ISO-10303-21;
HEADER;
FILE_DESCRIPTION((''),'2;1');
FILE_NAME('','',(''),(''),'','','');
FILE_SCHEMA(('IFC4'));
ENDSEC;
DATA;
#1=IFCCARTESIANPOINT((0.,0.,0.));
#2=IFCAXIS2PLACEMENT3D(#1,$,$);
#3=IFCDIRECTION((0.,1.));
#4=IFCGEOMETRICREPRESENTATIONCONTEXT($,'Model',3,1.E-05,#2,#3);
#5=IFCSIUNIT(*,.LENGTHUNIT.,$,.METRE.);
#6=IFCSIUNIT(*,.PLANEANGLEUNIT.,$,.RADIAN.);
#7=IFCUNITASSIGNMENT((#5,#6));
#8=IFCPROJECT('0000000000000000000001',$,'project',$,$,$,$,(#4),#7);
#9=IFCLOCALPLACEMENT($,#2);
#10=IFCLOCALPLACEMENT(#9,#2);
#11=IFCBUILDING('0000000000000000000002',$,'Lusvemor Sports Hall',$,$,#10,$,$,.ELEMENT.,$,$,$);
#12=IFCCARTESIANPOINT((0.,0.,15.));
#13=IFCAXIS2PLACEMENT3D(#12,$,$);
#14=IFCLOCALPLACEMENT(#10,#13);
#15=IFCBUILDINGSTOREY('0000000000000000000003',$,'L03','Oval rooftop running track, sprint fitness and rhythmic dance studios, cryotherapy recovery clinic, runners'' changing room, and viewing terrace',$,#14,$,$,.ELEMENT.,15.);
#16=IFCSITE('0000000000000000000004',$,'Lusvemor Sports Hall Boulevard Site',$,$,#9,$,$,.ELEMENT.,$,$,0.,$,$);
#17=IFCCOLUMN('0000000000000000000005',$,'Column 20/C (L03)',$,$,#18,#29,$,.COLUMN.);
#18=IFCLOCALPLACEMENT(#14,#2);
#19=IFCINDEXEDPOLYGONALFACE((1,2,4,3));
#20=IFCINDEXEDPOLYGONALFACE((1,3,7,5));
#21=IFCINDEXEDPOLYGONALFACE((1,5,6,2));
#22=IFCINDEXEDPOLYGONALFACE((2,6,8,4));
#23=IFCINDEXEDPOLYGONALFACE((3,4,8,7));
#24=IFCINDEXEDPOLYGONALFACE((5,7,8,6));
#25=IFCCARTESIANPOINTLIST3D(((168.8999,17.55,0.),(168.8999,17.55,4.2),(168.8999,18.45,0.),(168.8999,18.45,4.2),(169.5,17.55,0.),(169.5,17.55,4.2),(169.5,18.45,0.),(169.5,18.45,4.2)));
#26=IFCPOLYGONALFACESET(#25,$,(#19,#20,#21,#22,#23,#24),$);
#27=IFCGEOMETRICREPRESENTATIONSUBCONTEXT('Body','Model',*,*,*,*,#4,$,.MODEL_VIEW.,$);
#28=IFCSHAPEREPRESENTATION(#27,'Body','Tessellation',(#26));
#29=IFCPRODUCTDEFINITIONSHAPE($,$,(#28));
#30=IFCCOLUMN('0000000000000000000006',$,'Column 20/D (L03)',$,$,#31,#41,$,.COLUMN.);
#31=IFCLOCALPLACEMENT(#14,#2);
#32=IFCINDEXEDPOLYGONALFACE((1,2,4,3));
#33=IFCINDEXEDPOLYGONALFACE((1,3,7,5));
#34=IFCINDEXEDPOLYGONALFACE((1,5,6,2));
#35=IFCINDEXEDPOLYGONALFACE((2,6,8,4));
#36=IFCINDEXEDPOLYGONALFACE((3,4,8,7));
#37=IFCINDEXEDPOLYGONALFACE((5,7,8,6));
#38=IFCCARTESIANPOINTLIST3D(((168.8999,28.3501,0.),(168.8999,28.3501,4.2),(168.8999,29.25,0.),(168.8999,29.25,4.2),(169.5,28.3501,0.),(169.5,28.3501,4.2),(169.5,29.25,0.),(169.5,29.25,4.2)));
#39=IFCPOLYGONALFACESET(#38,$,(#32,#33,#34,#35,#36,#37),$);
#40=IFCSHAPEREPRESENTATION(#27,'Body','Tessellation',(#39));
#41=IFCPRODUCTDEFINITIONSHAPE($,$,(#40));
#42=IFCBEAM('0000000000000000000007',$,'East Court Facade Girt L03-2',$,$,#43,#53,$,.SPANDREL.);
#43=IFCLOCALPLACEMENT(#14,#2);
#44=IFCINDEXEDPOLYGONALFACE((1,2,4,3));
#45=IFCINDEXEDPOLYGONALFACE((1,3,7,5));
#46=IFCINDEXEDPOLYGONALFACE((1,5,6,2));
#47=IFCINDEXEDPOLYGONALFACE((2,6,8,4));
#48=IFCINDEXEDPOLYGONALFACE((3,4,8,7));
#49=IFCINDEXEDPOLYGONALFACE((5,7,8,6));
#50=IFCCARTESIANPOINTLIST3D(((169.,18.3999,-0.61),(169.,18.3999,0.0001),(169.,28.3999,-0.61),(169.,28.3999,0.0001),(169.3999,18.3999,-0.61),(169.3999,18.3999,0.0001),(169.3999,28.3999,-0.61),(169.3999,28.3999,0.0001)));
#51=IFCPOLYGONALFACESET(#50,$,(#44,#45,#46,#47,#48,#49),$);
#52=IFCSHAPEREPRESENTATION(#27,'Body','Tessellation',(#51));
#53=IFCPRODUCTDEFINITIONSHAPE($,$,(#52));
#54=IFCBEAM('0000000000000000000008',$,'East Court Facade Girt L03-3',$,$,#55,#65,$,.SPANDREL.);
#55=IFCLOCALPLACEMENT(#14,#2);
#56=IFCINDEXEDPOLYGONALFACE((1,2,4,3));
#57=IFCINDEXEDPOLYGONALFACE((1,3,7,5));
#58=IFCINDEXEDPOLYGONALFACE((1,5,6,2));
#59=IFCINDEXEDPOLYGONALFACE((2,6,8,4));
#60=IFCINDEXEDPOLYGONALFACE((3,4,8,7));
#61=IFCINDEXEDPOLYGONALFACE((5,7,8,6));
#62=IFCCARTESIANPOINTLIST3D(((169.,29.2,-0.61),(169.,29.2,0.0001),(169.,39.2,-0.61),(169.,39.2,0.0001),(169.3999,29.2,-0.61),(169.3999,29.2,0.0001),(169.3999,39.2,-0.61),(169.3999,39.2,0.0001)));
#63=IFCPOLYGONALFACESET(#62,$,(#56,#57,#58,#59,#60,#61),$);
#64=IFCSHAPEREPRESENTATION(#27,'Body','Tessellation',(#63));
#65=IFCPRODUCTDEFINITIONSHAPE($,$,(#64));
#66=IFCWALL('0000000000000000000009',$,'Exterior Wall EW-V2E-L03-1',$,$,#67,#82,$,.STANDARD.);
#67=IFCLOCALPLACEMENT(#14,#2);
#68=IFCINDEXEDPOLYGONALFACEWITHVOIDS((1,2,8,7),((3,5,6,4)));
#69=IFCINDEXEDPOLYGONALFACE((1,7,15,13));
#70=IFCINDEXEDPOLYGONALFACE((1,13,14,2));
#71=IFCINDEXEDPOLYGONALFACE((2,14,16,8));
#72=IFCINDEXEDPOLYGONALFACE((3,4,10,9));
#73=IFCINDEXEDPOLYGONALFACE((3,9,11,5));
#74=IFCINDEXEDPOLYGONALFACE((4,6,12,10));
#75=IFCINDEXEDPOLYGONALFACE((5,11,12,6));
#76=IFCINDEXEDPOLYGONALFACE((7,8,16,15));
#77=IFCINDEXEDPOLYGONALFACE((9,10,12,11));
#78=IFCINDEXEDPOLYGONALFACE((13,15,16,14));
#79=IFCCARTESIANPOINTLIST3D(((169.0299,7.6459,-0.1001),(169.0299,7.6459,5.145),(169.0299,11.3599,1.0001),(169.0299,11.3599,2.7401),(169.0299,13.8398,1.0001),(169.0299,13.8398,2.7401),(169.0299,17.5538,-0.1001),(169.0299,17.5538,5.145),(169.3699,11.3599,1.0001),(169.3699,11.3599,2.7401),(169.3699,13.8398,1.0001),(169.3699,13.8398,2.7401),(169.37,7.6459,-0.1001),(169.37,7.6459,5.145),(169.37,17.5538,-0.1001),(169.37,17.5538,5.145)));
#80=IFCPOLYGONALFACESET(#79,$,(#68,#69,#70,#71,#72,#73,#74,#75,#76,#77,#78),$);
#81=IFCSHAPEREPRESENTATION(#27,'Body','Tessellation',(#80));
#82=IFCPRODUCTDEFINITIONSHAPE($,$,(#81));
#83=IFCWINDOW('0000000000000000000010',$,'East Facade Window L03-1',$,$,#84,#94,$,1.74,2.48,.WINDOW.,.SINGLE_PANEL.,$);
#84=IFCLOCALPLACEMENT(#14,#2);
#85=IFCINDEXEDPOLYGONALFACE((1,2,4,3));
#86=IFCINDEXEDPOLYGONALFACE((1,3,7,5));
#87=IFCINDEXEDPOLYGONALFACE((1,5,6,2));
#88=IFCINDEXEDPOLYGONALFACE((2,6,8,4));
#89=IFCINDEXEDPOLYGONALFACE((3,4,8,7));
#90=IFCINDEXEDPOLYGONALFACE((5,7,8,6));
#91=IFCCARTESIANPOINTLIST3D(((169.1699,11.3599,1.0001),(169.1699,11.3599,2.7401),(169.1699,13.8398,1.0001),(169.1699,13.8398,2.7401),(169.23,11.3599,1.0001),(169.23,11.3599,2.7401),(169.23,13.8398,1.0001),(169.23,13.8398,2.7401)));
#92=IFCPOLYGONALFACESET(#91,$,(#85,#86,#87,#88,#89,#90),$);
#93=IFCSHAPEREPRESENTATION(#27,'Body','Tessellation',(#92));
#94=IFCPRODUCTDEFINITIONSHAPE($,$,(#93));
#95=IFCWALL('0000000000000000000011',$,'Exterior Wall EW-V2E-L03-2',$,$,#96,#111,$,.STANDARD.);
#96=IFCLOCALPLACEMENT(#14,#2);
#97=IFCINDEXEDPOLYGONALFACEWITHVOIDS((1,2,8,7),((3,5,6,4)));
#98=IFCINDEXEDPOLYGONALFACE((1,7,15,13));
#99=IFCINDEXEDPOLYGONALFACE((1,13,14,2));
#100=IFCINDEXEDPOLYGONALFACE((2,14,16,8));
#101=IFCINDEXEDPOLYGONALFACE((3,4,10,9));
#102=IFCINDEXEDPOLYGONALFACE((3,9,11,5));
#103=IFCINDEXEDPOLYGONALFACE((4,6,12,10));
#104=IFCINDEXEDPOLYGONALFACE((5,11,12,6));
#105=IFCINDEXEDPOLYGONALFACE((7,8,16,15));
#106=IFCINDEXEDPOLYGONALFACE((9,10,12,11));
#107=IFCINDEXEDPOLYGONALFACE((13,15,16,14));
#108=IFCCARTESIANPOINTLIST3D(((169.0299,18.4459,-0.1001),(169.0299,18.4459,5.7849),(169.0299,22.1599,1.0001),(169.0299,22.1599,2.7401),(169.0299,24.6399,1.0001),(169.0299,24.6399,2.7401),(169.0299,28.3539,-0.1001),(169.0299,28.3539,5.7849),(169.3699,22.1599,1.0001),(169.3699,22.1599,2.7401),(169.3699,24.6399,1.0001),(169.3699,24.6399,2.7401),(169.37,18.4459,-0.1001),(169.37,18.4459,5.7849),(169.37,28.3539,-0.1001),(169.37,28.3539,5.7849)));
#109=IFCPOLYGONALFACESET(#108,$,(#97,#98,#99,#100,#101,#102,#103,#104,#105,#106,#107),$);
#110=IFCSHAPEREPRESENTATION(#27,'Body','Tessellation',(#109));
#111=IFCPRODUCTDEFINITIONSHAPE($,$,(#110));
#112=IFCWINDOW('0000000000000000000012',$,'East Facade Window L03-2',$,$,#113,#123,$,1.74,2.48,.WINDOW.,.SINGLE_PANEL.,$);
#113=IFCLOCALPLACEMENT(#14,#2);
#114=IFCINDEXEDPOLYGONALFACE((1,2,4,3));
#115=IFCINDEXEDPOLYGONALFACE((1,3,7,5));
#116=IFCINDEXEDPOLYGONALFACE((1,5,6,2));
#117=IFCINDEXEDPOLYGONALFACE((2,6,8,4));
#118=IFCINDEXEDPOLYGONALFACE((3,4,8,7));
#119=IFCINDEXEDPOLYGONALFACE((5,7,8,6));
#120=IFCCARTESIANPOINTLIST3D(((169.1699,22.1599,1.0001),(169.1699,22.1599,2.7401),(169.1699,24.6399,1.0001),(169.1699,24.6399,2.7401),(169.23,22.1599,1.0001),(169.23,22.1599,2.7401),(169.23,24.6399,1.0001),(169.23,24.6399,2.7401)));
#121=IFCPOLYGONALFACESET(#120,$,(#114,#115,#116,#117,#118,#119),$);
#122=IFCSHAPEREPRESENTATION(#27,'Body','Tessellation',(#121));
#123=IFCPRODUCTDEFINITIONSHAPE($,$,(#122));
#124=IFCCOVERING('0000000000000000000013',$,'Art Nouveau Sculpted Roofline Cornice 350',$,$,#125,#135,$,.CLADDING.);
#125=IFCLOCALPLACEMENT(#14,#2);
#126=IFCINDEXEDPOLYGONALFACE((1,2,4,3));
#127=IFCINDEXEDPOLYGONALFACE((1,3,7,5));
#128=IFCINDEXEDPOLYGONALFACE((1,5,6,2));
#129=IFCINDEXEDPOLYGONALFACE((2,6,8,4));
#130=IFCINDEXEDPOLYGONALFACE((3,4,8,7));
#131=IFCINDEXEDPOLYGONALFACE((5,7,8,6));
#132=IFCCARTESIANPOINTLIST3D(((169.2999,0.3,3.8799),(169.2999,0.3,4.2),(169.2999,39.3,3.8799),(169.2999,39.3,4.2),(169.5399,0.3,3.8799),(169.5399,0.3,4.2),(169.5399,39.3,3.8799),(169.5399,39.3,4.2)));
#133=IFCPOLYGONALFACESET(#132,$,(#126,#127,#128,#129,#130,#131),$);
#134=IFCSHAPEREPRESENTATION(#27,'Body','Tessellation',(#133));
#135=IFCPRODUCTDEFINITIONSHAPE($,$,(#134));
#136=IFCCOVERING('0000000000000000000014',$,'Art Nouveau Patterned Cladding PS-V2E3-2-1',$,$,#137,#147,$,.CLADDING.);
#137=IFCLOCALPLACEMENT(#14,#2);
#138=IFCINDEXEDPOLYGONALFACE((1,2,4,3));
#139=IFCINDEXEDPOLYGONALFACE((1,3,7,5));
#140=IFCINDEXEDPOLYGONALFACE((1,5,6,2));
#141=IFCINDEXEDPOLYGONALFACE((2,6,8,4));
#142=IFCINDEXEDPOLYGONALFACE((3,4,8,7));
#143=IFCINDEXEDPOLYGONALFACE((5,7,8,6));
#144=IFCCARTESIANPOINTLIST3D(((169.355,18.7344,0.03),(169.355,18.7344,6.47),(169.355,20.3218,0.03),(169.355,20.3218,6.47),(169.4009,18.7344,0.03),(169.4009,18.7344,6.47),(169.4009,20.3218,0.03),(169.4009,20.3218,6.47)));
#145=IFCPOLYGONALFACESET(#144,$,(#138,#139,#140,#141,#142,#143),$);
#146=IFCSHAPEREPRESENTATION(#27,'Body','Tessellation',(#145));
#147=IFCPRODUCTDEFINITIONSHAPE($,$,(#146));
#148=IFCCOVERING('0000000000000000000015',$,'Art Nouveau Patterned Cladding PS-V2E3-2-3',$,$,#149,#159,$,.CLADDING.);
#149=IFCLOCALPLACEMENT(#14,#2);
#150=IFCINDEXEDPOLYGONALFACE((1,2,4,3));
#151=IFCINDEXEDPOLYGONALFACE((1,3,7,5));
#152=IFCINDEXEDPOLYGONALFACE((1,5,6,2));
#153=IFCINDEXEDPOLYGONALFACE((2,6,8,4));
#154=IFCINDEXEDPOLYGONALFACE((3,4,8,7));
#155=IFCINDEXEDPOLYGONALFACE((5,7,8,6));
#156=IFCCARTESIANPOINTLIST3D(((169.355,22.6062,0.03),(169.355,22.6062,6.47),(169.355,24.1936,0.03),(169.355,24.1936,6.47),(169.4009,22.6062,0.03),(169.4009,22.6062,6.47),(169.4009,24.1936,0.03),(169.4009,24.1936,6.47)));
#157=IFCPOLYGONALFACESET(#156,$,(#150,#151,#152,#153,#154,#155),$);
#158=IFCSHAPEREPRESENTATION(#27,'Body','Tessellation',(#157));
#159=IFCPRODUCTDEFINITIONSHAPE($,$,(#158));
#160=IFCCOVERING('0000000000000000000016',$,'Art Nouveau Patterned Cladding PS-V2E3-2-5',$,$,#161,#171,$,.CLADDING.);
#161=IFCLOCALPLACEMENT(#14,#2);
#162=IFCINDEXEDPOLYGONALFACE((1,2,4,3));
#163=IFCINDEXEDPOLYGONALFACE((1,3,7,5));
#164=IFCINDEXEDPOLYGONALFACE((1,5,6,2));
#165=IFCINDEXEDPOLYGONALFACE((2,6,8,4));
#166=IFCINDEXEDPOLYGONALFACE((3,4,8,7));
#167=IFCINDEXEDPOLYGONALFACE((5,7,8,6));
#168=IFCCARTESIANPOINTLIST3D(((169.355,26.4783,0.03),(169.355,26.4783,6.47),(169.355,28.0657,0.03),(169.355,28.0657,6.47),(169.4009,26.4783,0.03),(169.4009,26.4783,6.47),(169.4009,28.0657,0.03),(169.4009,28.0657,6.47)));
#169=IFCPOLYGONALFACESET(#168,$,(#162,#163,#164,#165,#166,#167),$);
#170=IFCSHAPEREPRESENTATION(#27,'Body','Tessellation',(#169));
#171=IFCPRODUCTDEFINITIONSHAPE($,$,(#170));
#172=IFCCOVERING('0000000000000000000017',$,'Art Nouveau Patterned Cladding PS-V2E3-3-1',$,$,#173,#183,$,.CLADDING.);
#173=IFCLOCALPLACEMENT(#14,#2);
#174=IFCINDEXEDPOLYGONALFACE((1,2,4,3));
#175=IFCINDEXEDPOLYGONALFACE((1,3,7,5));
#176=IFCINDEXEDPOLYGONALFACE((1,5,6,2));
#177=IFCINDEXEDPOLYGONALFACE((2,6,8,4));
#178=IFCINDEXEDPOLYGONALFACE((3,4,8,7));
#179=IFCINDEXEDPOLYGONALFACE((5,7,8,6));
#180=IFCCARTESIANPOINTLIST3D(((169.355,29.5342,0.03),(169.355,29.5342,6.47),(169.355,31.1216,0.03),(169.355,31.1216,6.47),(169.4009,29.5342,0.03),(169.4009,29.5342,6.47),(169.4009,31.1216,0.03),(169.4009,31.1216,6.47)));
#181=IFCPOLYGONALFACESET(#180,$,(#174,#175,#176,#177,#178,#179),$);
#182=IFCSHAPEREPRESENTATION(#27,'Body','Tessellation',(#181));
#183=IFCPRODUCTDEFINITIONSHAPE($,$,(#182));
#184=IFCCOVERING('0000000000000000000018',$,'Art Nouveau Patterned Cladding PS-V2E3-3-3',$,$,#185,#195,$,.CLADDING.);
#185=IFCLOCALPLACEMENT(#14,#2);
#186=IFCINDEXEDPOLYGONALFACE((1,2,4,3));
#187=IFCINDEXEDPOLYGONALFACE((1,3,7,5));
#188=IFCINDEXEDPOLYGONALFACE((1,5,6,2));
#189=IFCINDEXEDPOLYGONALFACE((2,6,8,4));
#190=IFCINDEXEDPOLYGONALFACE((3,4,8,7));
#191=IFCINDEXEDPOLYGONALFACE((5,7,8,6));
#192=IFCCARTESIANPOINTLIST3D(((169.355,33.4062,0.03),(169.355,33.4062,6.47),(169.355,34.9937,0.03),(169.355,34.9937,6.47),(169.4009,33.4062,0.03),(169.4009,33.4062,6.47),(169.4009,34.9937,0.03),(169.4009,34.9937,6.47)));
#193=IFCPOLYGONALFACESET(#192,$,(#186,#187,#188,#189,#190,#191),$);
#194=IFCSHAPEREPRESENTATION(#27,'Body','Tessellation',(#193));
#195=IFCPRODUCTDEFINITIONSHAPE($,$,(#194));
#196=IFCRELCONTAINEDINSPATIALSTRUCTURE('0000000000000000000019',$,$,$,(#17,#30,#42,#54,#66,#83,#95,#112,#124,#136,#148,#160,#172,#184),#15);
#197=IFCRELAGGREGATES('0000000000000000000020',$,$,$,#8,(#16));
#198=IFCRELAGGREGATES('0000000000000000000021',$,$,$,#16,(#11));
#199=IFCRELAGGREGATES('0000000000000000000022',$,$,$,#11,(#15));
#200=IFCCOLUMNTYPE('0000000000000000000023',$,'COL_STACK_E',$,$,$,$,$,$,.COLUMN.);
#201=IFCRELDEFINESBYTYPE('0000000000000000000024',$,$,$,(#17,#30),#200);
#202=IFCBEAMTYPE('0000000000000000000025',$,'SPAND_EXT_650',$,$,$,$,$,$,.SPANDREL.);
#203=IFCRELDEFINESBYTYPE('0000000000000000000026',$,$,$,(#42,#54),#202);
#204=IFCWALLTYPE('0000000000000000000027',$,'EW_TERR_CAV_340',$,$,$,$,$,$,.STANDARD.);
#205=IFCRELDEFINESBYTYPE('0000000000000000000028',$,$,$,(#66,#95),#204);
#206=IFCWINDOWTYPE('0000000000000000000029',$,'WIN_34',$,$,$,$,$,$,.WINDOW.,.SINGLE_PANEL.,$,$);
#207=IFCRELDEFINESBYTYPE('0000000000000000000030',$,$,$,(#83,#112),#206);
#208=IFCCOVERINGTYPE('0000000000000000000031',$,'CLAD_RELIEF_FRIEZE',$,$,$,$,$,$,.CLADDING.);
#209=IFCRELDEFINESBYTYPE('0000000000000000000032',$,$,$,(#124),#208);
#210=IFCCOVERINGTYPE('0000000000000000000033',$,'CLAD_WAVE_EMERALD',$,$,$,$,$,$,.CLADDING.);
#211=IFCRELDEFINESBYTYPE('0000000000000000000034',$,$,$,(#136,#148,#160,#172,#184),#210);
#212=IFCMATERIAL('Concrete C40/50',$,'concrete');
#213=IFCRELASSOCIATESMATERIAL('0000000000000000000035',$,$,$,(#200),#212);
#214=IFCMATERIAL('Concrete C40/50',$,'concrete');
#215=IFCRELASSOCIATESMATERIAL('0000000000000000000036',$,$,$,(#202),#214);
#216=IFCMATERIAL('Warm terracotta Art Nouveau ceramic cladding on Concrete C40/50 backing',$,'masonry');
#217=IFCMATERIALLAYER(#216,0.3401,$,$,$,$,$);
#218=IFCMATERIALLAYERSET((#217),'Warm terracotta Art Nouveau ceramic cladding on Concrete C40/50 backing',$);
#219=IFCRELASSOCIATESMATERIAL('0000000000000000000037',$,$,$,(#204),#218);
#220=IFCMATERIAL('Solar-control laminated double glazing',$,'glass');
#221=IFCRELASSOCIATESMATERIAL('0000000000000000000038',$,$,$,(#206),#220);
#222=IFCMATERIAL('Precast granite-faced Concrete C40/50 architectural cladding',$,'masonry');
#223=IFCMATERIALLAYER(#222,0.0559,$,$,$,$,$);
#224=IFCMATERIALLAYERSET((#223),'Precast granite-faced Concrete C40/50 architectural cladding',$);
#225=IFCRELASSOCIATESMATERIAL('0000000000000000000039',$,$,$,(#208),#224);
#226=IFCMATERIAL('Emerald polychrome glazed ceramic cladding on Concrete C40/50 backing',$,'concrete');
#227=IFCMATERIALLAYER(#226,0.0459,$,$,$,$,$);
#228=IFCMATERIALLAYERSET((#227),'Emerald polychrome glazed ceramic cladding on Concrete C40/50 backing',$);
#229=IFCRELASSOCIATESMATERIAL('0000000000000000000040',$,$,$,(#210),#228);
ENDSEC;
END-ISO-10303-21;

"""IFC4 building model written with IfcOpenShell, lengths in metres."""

from ifc_helpers import new_model, si_unit, direction, frame, frame_2d, origin, origin_2d, place, context, subcontext, project, spatial, rectangle, extrude, material, layer, layer_set, material_profile, profile_set, type_object, element, fill, save


model = new_model("IFC4")

# Units and contexts
model_context = context("Model", 3, precision=1e-05, world=origin(), true_north=direction((0.0, 1.0)))
body_context = subcontext(model_context, "Body", "Model", "MODEL_VIEW")
ifc_project = project(units=[si_unit("LENGTHUNIT", "METRE"), si_unit("PLANEANGLEUNIT", "RADIAN")], contexts=[model_context])

# Site, building, storey
site_placement = place(None, origin())
site = spatial("IfcSite", under=ifc_project, at=site_placement, Name="Lusvemor Sports Hall Boulevard Site", CompositionType="ELEMENT", RefElevation=0.0)
building_placement = place(site_placement, origin())
building = spatial("IfcBuilding", under=site, at=building_placement, Name="Lusvemor Sports Hall", CompositionType="ELEMENT")
storey_placement = place(building_placement, frame((0.0, 0.0, 15.0)))
storey = spatial("IfcBuildingStorey", under=building, at=storey_placement, Name="L03", Description="Oval rooftop running track, sprint fitness and rhythmic dance studios, cryotherapy recovery clinic, runners' changing room, and viewing terrace", CompositionType="ELEMENT", Elevation=15.0)

# Columns
ifc_material_1 = material(Name="Concrete C40/50", Category="concrete")
ifc_material_profile_1 = material_profile(ifc_material_1, rectangle(XDim=0.6001, YDim=0.8999, at=origin_2d()), Name="RC600x900")
ifc_profile_set_1 = profile_set([ifc_material_profile_1], Name="Concrete C40/50")
column_type = type_object("IfcColumnType", Name="COL_STACK_E", PredefinedType="COLUMN", material=ifc_profile_set_1)
for number, where, z_axis, x_axis, name in (
    (1, (169.2, 18.0, 0.0), (0.0, 0.0, 1.0), (1.0, 0.0, 0.0), "Column 20/C (L03)"),
    (2, (169.2, 28.8, 0.0), (0.0, 0.0, 1.0), (1.0, 0.0, 0.0), "Column 20/D (L03)"),
):
    element("IfcColumn", number, at=place(storey_placement, frame(where, z_axis=z_axis, x_axis=x_axis)), inside=storey, type_object=column_type, Name=name, PredefinedType="COLUMN", context=body_context, shape_type="SweptSolid", body=[
        extrude(rectangle(XDim=0.6001, YDim=0.8999, at=origin_2d()), origin(), (0.0, 0.0, 1.0), 4.2),
    ])

# Beams
ifc_material_2 = material(Name="Concrete C40/50", Category="concrete")
ifc_material_profile_2 = material_profile(ifc_material_2, rectangle(XDim=0.3999, YDim=0.6101, at=origin_2d()), Name="RC400x610")
ifc_profile_set_2 = profile_set([ifc_material_profile_2], Name="Concrete C40/50")
beam_type = type_object("IfcBeamType", Name="SPAND_EXT_650", PredefinedType="SPANDREL", material=ifc_profile_set_2)
for number, where, z_axis, x_axis, name in (
    (3, (169.2, 18.3999, -0.3049), (0.0, 1.0, 0.0), (-1.0, 0.0, 0.0), "East Court Facade Girt L03-2"),
    (4, (169.2, 29.2, -0.3049), (0.0, 1.0, 0.0), (-1.0, 0.0, 0.0), "East Court Facade Girt L03-3"),
):
    element("IfcBeam", number, at=place(storey_placement, frame(where, z_axis=z_axis, x_axis=x_axis)), inside=storey, type_object=beam_type, Name=name, PredefinedType="SPANDREL", context=body_context, shape_type="SweptSolid", body=[
        extrude(rectangle(XDim=0.3999, YDim=0.6101, at=origin_2d()), origin(), (0.0, 0.0, 1.0), 10.0),
    ])

# Walls, openings, windows
ifc_material_3 = material(Name="Warm terracotta Art Nouveau ceramic cladding on Concrete C40/50 backing", Category="masonry")
ifc_layer_1 = layer(ifc_material_3, 0.3401)
ifc_layer_set_1 = layer_set([ifc_layer_1], Name="Warm terracotta Art Nouveau ceramic cladding on Concrete C40/50 backing")
wall_type = type_object("IfcWallType", Name="EW_TERR_CAV_340", PredefinedType="STANDARD", material=ifc_layer_set_1)
wall_1_placement = place(storey_placement, frame((169.2, 17.554, -0.1001), z_axis=(0.0, 0.0, 1.0), x_axis=(0.0, -1.0, 0.0)))
wall_1 = element("IfcWall", 5, at=wall_1_placement, inside=storey, type_object=wall_type, Name="Exterior Wall EW-V2E-L03-1", PredefinedType="STANDARD", context=body_context, shape_type="SweptSolid", body=[
    extrude(rectangle(XDim=9.908, YDim=0.3401, at=frame_2d((4.9541, 0.0))), origin(), (0.0, 0.0, 1.0), 5.2451),
])
opening_1_placement = place(wall_1_placement, frame((3.7141, 0.0, 1.1001)))
opening_1 = element("IfcOpeningElement", 6, at=opening_1_placement, cuts=wall_1, PredefinedType="OPENING", context=body_context, shape_type="SweptSolid", body=[
    extrude(rectangle(XDim=2.48, YDim=1.74, at=frame_2d((1.24, 0.8701))), frame((0.0, 0.1699, 0.0), z_axis=(0.0, -1.0, 0.0), x_axis=(1.0, 0.0, 0.0)), (0.0, 0.0, 1.0), 0.3401),
])
ifc_material_4 = material(Name="Solar-control laminated double glazing", Category="glass")
window_type = type_object("IfcWindowType", Name="WIN_34", PartitioningType="SINGLE_PANEL", PredefinedType="WINDOW", material=ifc_material_4)
window_1_placement = place(opening_1_placement, origin())
window_1 = element("IfcWindow", 7, at=window_1_placement, inside=storey, type_object=window_type, Name="East Facade Window L03-1", OverallHeight=1.74, OverallWidth=2.48, PartitioningType="SINGLE_PANEL", PredefinedType="WINDOW", context=body_context, shape_type="SweptSolid", body=[
    extrude(rectangle(XDim=2.48, YDim=1.74, at=frame_2d((1.24, 0.8701))), frame((0.0, 0.03, 0.0), z_axis=(0.0, -1.0, 0.0), x_axis=(1.0, 0.0, 0.0)), (0.0, 0.0, 1.0), 0.0601),
])
fill(opening_1, window_1)
wall_2_placement = place(storey_placement, frame((169.2, 28.354, -0.1001), z_axis=(0.0, 0.0, 1.0), x_axis=(0.0, -1.0, 0.0)))
wall_2 = element("IfcWall", 8, at=wall_2_placement, inside=storey, type_object=wall_type, Name="Exterior Wall EW-V2E-L03-2", PredefinedType="STANDARD", context=body_context, shape_type="SweptSolid", body=[
    extrude(rectangle(XDim=9.908, YDim=0.3401, at=frame_2d((4.9541, 0.0))), origin(), (0.0, 0.0, 1.0), 5.885),
])
opening_2_placement = place(wall_2_placement, frame((3.7141, 0.0, 1.1001)))
opening_2 = element("IfcOpeningElement", 9, at=opening_2_placement, cuts=wall_2, PredefinedType="OPENING", context=body_context, shape_type="SweptSolid", body=[
    extrude(rectangle(XDim=2.48, YDim=1.74, at=frame_2d((1.24, 0.8701))), frame((0.0, 0.1699, 0.0), z_axis=(0.0, -1.0, 0.0), x_axis=(1.0, 0.0, 0.0)), (0.0, 0.0, 1.0), 0.3401),
])
window_2_placement = place(opening_2_placement, origin())
window_2 = element("IfcWindow", 10, at=window_2_placement, inside=storey, type_object=window_type, Name="East Facade Window L03-2", OverallHeight=1.74, OverallWidth=2.48, PartitioningType="SINGLE_PANEL", PredefinedType="WINDOW", context=body_context, shape_type="SweptSolid", body=[
    extrude(rectangle(XDim=2.48, YDim=1.74, at=frame_2d((1.24, 0.8701))), frame((0.0, 0.03, 0.0), z_axis=(0.0, -1.0, 0.0), x_axis=(1.0, 0.0, 0.0)), (0.0, 0.0, 1.0), 0.0601),
])
fill(opening_2, window_2)

# Coverings
ifc_material_5 = material(Name="Precast granite-faced Concrete C40/50 architectural cladding", Category="masonry")
ifc_layer_2 = layer(ifc_material_5, 0.0559)
ifc_layer_set_2 = layer_set([ifc_layer_2], Name="Precast granite-faced Concrete C40/50 architectural cladding")
covering_type_1 = type_object("IfcCoveringType", Name="CLAD_RELIEF_FRIEZE", PredefinedType="CLADDING", material=ifc_layer_set_2)
covering_placement = place(storey_placement, frame((169.4199, 19.8, 3.8799), z_axis=(0.0, 0.0, 1.0), x_axis=(1.0, 0.0, 0.0)))
element("IfcCovering", 11, at=covering_placement, inside=storey, type_object=covering_type_1, Name="Art Nouveau Sculpted Roofline Cornice 350", PredefinedType="CLADDING", context=body_context, shape_type="SweptSolid", body=[
    extrude(rectangle(XDim=0.24, YDim=39.0, at=origin_2d()), origin(), (0.0, 0.0, 1.0), 0.3201),
])
ifc_material_6 = material(Name="Emerald polychrome glazed ceramic cladding on Concrete C40/50 backing", Category="concrete")
ifc_layer_3 = layer(ifc_material_6, 0.0459)
ifc_layer_set_3 = layer_set([ifc_layer_3], Name="Emerald polychrome glazed ceramic cladding on Concrete C40/50 backing")
covering_type_2 = type_object("IfcCoveringType", Name="CLAD_WAVE_EMERALD", PredefinedType="CLADDING", material=ifc_layer_set_3)
for number, where, z_axis, x_axis, name in (
    (12, (169.3779, 19.5281, 0.03), (0.0, 0.0, 1.0), (1.0, 0.0, 0.0), "Art Nouveau Patterned Cladding PS-V2E3-2-1"),
    (13, (169.3779, 23.3999, 0.03), (0.0, 0.0, 1.0), (1.0, 0.0, 0.0), "Art Nouveau Patterned Cladding PS-V2E3-2-3"),
    (14, (169.3779, 27.272, 0.03), (0.0, 0.0, 1.0), (1.0, 0.0, 0.0), "Art Nouveau Patterned Cladding PS-V2E3-2-5"),
    (15, (169.3779, 30.3279, 0.03), (0.0, 0.0, 1.0), (1.0, 0.0, 0.0), "Art Nouveau Patterned Cladding PS-V2E3-3-1"),
    (16, (169.3779, 34.2, 0.03), (0.0, 0.0, 1.0), (1.0, 0.0, 0.0), "Art Nouveau Patterned Cladding PS-V2E3-3-3"),
):
    element("IfcCovering", number, at=place(storey_placement, frame(where, z_axis=z_axis, x_axis=x_axis)), inside=storey, type_object=covering_type_2, Name=name, PredefinedType="CLADDING", context=body_context, shape_type="SweptSolid", body=[
        extrude(rectangle(XDim=0.0459, YDim=1.5874, at=origin_2d()), origin(), (0.0, 0.0, 1.0), 6.4399),
    ])

save(model, "model.ifc")
